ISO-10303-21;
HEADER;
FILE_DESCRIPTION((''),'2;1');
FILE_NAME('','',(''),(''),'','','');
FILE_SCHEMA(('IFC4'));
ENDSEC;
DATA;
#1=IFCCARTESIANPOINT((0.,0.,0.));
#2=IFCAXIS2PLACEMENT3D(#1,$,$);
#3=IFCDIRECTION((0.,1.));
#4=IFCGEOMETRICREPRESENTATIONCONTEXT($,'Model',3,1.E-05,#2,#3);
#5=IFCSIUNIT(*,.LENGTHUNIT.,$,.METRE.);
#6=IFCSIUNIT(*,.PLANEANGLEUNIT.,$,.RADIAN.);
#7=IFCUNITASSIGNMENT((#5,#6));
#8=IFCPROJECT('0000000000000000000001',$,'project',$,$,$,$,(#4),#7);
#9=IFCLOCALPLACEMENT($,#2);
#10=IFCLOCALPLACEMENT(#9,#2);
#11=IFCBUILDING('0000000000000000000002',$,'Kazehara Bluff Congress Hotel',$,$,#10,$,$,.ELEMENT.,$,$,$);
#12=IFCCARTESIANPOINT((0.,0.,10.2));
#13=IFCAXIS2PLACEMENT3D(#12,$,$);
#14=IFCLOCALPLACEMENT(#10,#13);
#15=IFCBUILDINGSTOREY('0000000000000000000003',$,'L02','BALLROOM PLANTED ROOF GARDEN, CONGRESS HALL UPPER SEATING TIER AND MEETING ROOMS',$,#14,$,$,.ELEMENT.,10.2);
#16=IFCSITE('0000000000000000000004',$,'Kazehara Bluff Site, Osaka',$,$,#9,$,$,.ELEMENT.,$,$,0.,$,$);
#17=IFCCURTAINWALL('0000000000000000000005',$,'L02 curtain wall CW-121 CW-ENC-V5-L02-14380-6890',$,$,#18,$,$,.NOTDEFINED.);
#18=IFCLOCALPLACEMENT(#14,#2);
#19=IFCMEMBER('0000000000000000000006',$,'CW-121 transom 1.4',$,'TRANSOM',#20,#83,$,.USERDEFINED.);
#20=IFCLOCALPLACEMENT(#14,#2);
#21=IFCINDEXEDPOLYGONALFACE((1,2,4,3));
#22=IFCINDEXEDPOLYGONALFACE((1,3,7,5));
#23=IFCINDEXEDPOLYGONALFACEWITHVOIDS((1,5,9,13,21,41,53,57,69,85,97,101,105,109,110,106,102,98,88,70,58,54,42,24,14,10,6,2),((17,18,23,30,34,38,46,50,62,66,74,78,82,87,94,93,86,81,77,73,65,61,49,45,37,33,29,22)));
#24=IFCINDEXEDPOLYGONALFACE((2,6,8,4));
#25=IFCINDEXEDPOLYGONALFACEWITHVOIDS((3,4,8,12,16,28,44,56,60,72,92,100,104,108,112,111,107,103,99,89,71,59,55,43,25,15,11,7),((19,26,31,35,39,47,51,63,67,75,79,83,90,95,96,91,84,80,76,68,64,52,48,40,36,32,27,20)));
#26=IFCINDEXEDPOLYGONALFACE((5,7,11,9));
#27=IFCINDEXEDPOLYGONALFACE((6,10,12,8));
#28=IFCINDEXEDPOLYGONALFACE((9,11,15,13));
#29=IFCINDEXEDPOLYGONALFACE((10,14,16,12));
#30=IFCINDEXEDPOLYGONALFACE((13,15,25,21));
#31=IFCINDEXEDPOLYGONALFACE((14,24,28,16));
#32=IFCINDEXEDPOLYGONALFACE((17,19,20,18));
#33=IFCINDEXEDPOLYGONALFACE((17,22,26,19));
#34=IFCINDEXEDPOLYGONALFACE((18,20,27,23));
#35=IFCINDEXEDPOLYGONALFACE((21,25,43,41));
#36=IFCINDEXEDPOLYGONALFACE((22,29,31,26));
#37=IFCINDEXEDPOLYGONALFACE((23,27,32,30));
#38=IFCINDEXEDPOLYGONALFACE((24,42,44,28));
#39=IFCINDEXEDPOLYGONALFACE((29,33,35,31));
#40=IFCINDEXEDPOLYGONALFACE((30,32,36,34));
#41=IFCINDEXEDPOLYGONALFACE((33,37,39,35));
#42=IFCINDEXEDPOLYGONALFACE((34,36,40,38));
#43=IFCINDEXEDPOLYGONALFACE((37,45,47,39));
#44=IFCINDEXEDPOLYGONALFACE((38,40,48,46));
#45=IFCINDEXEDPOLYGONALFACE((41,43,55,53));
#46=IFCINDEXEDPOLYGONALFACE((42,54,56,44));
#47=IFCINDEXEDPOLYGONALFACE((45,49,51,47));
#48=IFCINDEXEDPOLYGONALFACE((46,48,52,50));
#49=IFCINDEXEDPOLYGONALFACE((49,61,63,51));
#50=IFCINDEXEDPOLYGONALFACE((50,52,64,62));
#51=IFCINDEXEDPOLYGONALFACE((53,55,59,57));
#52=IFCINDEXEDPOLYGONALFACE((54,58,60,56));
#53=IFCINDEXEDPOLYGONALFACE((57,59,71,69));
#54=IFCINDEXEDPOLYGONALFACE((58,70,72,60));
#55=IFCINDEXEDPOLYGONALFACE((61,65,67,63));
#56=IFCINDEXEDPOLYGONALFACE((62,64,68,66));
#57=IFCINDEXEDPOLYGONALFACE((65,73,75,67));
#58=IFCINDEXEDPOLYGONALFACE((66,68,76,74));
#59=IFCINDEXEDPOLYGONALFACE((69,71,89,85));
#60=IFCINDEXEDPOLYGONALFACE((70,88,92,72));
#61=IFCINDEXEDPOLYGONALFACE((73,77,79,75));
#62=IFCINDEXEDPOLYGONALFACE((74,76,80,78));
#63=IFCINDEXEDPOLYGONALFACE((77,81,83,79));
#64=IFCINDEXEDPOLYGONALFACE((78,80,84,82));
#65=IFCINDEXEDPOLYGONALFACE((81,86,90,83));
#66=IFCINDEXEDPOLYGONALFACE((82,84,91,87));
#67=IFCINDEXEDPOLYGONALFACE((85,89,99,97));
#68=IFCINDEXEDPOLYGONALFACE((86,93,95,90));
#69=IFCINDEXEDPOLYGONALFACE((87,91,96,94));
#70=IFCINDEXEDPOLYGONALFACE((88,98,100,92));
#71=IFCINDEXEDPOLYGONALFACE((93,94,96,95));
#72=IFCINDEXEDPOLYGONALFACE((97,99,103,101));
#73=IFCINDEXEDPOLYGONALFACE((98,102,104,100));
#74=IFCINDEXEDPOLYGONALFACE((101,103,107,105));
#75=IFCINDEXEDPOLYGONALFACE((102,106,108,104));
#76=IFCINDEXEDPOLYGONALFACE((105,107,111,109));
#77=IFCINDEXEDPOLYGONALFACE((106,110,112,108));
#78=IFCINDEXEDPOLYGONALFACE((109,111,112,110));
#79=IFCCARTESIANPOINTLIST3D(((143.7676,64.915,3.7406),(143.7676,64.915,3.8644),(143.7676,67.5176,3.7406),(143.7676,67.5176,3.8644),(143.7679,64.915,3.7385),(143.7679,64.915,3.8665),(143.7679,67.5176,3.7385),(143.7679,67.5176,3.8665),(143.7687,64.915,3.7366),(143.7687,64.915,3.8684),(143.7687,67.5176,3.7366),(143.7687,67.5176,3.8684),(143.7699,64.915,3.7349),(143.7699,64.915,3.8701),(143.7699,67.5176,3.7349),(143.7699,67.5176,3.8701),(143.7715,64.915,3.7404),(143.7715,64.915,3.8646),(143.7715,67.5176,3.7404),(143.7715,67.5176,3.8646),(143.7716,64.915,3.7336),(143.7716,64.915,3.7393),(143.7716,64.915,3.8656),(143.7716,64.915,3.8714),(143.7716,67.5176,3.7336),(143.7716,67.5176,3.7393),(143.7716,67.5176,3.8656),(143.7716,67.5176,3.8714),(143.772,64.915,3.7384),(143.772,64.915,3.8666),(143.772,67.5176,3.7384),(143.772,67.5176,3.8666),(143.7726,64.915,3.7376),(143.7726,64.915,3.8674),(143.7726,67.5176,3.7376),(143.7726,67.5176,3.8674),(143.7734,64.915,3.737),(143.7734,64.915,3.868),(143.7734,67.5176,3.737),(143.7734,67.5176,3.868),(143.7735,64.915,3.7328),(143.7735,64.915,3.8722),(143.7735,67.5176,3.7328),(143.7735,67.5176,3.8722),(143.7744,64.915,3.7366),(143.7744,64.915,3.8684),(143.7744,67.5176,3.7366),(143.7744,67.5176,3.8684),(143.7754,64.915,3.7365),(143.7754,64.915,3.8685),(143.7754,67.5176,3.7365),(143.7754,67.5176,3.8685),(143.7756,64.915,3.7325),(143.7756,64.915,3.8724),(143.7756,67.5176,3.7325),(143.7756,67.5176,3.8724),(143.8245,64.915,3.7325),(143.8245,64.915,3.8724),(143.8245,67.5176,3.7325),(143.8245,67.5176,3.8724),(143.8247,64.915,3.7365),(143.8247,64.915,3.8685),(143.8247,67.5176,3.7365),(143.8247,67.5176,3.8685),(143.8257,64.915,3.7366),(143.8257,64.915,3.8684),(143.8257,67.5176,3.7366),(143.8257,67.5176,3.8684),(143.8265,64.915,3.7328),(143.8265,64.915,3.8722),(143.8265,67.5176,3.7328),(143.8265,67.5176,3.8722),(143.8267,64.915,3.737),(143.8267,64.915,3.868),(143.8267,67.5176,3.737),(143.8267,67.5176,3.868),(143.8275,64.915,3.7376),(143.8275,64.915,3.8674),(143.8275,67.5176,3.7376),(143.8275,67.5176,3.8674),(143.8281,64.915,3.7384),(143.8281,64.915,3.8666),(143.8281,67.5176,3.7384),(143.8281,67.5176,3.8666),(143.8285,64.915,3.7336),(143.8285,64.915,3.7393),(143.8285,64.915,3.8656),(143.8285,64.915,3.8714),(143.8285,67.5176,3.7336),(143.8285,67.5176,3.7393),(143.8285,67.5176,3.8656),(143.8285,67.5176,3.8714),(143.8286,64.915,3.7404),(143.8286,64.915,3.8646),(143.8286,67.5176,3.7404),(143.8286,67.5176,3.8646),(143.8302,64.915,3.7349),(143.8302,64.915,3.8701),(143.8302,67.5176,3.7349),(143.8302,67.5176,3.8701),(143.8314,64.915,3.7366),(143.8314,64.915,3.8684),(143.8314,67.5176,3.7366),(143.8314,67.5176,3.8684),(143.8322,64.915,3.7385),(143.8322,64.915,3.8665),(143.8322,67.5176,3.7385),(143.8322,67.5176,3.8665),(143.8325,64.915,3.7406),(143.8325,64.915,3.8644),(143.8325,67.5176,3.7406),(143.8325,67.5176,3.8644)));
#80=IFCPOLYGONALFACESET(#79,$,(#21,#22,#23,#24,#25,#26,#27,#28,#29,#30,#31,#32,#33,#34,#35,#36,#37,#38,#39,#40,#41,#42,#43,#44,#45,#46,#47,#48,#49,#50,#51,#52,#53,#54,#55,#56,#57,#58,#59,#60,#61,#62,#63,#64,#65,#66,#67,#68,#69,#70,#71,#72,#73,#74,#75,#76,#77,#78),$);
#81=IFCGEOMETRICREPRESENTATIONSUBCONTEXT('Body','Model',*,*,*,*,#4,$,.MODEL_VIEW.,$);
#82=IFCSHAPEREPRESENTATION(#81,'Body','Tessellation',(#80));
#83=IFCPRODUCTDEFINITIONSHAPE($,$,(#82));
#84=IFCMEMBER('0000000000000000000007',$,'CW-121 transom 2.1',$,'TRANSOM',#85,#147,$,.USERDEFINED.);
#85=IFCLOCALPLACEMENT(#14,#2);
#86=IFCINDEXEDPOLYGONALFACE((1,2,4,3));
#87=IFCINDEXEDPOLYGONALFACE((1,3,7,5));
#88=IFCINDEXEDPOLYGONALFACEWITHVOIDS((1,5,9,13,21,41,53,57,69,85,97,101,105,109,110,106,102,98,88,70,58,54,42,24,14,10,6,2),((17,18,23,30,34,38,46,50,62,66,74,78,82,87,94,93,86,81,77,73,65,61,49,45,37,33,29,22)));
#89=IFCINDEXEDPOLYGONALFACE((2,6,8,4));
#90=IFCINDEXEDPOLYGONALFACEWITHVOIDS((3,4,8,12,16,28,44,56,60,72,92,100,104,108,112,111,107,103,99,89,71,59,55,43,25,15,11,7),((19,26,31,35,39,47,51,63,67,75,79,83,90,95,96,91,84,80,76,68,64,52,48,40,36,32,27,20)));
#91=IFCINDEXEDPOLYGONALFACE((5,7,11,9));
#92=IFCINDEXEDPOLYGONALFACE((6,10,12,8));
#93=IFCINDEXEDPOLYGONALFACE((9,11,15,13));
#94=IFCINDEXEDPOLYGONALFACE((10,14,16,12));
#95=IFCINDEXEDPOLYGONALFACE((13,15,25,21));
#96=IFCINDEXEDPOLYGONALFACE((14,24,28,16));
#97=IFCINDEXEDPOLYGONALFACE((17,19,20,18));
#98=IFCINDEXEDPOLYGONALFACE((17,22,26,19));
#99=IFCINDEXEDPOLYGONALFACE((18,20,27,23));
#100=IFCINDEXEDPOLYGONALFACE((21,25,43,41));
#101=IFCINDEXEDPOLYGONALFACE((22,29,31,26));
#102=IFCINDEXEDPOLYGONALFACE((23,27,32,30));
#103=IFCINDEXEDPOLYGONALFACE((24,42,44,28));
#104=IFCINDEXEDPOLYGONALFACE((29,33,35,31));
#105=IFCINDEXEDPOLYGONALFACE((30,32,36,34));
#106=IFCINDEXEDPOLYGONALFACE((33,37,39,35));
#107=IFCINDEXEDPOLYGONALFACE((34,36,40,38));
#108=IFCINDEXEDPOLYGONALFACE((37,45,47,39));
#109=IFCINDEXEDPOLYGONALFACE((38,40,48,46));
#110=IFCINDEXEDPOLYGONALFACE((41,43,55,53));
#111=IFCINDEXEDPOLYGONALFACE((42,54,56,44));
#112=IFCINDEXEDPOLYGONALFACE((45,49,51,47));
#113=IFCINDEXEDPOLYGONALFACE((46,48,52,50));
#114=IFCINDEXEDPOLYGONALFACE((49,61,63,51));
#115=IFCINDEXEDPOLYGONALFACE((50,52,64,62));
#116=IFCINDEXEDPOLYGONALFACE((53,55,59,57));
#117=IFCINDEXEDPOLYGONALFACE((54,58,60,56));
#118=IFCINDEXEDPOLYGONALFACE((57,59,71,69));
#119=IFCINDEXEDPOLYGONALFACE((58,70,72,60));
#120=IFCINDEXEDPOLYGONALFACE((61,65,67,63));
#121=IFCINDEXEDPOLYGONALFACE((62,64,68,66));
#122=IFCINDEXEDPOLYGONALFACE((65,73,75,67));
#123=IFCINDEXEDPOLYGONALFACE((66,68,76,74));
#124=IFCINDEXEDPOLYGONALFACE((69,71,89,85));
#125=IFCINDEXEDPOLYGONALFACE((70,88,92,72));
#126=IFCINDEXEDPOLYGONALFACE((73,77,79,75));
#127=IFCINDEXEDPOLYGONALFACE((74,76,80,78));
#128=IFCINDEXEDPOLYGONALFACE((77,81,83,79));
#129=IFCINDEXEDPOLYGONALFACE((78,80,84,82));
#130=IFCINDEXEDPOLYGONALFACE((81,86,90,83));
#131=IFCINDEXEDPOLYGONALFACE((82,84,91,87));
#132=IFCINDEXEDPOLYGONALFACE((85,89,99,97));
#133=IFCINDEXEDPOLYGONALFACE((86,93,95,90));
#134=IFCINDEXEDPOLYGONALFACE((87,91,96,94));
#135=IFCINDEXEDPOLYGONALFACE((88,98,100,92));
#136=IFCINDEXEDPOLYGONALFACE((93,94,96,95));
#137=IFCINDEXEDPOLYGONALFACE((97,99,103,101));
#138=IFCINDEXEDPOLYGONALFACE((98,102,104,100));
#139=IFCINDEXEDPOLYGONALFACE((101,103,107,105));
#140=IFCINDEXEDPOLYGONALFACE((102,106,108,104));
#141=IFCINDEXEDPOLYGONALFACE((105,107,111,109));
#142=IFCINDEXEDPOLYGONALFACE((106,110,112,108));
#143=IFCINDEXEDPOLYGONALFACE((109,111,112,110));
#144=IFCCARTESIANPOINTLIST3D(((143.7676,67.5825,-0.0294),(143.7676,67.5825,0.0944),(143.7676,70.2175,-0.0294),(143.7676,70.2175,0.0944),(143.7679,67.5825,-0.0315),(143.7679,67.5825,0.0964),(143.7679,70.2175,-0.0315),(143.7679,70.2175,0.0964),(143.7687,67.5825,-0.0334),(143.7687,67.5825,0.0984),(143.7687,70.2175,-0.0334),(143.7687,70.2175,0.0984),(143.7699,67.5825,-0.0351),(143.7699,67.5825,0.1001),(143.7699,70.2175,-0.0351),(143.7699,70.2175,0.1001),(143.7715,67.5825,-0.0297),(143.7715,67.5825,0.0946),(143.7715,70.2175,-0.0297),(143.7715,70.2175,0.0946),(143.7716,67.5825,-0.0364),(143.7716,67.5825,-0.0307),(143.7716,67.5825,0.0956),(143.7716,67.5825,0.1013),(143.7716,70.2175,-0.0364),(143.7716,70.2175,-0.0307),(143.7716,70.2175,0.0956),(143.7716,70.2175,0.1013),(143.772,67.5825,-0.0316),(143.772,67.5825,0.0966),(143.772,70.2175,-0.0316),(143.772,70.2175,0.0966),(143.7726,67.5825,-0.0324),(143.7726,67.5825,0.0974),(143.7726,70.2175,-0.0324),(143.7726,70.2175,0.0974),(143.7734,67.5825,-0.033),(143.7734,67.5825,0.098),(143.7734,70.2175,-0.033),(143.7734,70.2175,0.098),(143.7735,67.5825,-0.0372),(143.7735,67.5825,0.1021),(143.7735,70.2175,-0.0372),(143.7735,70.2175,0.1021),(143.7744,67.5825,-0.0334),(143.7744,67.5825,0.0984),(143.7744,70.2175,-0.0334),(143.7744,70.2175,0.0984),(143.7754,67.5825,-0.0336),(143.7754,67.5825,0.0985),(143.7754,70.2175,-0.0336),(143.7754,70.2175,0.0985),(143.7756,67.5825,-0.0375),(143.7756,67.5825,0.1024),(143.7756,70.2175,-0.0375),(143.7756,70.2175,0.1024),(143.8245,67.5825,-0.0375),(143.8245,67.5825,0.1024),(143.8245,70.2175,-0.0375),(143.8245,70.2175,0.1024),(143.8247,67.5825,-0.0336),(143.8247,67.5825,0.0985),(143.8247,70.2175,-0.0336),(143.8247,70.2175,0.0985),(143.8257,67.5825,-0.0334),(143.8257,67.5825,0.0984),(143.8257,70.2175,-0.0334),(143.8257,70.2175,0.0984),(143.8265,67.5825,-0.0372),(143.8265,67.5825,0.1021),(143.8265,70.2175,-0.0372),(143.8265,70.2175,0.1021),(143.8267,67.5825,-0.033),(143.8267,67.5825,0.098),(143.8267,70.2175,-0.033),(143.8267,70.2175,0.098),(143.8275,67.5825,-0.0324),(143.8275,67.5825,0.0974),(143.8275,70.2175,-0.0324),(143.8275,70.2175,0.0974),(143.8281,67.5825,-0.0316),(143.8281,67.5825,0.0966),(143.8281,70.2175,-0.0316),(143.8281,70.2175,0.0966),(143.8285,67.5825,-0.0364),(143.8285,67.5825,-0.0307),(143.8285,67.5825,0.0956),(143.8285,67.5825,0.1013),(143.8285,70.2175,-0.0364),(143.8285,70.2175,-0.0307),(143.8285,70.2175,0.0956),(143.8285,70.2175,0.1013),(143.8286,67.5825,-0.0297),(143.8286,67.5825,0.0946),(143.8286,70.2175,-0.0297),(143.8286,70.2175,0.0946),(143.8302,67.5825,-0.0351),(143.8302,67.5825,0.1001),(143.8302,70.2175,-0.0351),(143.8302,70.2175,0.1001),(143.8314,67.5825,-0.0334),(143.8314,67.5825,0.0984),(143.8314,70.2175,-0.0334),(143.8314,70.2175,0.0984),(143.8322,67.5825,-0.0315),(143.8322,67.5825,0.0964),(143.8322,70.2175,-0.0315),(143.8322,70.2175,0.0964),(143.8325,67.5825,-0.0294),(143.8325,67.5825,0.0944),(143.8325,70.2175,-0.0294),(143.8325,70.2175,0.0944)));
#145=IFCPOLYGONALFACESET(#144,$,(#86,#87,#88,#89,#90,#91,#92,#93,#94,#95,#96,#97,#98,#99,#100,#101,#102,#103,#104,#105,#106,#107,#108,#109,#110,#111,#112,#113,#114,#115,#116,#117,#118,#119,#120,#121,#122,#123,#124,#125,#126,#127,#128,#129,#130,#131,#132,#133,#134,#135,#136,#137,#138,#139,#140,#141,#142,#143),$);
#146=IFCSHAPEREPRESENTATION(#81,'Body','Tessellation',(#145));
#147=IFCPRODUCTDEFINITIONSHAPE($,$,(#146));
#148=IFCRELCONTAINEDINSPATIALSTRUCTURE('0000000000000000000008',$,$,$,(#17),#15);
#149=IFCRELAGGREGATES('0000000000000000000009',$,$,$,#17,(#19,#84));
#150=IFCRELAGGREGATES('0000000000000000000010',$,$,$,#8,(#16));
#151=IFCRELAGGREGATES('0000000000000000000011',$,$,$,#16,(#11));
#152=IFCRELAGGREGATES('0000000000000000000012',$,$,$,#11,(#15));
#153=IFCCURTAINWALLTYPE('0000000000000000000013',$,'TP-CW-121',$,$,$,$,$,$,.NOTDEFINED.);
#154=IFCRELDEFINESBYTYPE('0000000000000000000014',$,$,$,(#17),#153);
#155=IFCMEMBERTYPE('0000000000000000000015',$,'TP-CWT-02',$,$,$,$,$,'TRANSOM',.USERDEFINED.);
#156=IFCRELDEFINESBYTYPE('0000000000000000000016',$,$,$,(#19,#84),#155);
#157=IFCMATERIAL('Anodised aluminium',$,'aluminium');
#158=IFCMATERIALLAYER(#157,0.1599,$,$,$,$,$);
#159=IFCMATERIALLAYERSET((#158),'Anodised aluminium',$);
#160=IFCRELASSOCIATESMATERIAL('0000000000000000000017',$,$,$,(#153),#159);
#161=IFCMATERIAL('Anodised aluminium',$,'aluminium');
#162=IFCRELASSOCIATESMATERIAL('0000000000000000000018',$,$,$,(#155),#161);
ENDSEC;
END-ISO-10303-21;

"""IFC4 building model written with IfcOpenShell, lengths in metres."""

from ifc_helpers import new_model, si_unit, direction, frame, origin, origin_2d, place, context, subcontext, project, spatial, hollow_rectangle, extrude, material, layer, layer_set, material_profile, profile_set, type_object, element, aggregate, save


model = new_model("IFC4")

# Units and contexts
model_context = context("Model", 3, precision=1e-05, world=origin(), true_north=direction((0.0, 1.0)))
body_context = subcontext(model_context, "Body", "Model", "MODEL_VIEW")
ifc_project = project(units=[si_unit("LENGTHUNIT", "METRE"), si_unit("PLANEANGLEUNIT", "RADIAN")], contexts=[model_context])

# Site, building, storey
site_placement = place(None, origin())
site = spatial("IfcSite", under=ifc_project, at=site_placement, Name="Kazehara Bluff Site, Osaka", CompositionType="ELEMENT", RefElevation=0.0)
building_placement = place(site_placement, origin())
building = spatial("IfcBuilding", under=site, at=building_placement, Name="Kazehara Bluff Congress Hotel", CompositionType="ELEMENT")
storey_placement = place(building_placement, frame((0.0, 0.0, 10.2)))
storey = spatial("IfcBuildingStorey", under=building, at=storey_placement, Name="L02", Description="BALLROOM PLANTED ROOF GARDEN, CONGRESS HALL UPPER SEATING TIER AND MEETING ROOMS", CompositionType="ELEMENT", Elevation=10.2)

# Curtain wall, members
ifc_material_1 = material(Name="Anodised aluminium", Category="aluminium")
ifc_layer_1 = layer(ifc_material_1, 0.1599)
ifc_layer_set_1 = layer_set([ifc_layer_1], Name="Anodised aluminium")
curtain_wall_type_1 = type_object("IfcCurtainWallType", Name="TP-CW-121", PredefinedType="NOTDEFINED", material=ifc_layer_set_1)
curtain_wall_1_placement = place(storey_placement, origin())
curtain_wall_1 = element("IfcCurtainWall", 1, at=curtain_wall_1_placement, inside=storey, type_object=curtain_wall_type_1, Name="L02 curtain wall CW-121 CW-ENC-V5-L02-14380-6890", PredefinedType="NOTDEFINED")
ifc_material_2 = material(Name="Anodised aluminium", Category="aluminium")
ifc_material_profile_1 = material_profile(ifc_material_2, hollow_rectangle(XDim=0.0649, YDim=0.1399, WallThickness=0.0039, InnerFilletRadius=0.0039, OuterFilletRadius=0.0081, at=origin_2d()))
ifc_profile_set_1 = profile_set([ifc_material_profile_1], Name="Anodised aluminium")
member_type_1 = type_object("IfcMemberType", Name="TP-CWT-02", ElementType="TRANSOM", PredefinedType="USERDEFINED", material=ifc_profile_set_1)
member_1_placement = place(storey_placement, frame((143.8, 64.915, 3.8025), z_axis=(0.0, 1.0, 0.0), x_axis=(-1.0, 0.0, 0.0)))
member_1 = element("IfcMember", 2, at=member_1_placement, type_object=member_type_1, Name="CW-121 transom 1.4", ObjectType="TRANSOM", PredefinedType="USERDEFINED", context=body_context, shape_type="SweptSolid", body=[
    extrude(hollow_rectangle(XDim=0.0649, YDim=0.1399, WallThickness=0.0039, InnerFilletRadius=0.0039, OuterFilletRadius=0.0081, at=origin_2d()), origin(), (0.0, 0.0, 1.0), 2.6025),
])
member_2_placement = place(storey_placement, frame((143.8, 67.5825, 0.0325), z_axis=(0.0, 1.0, 0.0), x_axis=(-1.0, 0.0, 0.0)))
member_2 = element("IfcMember", 3, at=member_2_placement, type_object=member_type_1, Name="CW-121 transom 2.1", ObjectType="TRANSOM", PredefinedType="USERDEFINED", context=body_context, shape_type="SweptSolid", body=[
    extrude(hollow_rectangle(XDim=0.0649, YDim=0.1399, WallThickness=0.0039, InnerFilletRadius=0.0039, OuterFilletRadius=0.0081, at=origin_2d()), origin(), (0.0, 0.0, 1.0), 2.635),
])

aggregate(curtain_wall_1, [member_1, member_2])

save(model, "model.ifc")
